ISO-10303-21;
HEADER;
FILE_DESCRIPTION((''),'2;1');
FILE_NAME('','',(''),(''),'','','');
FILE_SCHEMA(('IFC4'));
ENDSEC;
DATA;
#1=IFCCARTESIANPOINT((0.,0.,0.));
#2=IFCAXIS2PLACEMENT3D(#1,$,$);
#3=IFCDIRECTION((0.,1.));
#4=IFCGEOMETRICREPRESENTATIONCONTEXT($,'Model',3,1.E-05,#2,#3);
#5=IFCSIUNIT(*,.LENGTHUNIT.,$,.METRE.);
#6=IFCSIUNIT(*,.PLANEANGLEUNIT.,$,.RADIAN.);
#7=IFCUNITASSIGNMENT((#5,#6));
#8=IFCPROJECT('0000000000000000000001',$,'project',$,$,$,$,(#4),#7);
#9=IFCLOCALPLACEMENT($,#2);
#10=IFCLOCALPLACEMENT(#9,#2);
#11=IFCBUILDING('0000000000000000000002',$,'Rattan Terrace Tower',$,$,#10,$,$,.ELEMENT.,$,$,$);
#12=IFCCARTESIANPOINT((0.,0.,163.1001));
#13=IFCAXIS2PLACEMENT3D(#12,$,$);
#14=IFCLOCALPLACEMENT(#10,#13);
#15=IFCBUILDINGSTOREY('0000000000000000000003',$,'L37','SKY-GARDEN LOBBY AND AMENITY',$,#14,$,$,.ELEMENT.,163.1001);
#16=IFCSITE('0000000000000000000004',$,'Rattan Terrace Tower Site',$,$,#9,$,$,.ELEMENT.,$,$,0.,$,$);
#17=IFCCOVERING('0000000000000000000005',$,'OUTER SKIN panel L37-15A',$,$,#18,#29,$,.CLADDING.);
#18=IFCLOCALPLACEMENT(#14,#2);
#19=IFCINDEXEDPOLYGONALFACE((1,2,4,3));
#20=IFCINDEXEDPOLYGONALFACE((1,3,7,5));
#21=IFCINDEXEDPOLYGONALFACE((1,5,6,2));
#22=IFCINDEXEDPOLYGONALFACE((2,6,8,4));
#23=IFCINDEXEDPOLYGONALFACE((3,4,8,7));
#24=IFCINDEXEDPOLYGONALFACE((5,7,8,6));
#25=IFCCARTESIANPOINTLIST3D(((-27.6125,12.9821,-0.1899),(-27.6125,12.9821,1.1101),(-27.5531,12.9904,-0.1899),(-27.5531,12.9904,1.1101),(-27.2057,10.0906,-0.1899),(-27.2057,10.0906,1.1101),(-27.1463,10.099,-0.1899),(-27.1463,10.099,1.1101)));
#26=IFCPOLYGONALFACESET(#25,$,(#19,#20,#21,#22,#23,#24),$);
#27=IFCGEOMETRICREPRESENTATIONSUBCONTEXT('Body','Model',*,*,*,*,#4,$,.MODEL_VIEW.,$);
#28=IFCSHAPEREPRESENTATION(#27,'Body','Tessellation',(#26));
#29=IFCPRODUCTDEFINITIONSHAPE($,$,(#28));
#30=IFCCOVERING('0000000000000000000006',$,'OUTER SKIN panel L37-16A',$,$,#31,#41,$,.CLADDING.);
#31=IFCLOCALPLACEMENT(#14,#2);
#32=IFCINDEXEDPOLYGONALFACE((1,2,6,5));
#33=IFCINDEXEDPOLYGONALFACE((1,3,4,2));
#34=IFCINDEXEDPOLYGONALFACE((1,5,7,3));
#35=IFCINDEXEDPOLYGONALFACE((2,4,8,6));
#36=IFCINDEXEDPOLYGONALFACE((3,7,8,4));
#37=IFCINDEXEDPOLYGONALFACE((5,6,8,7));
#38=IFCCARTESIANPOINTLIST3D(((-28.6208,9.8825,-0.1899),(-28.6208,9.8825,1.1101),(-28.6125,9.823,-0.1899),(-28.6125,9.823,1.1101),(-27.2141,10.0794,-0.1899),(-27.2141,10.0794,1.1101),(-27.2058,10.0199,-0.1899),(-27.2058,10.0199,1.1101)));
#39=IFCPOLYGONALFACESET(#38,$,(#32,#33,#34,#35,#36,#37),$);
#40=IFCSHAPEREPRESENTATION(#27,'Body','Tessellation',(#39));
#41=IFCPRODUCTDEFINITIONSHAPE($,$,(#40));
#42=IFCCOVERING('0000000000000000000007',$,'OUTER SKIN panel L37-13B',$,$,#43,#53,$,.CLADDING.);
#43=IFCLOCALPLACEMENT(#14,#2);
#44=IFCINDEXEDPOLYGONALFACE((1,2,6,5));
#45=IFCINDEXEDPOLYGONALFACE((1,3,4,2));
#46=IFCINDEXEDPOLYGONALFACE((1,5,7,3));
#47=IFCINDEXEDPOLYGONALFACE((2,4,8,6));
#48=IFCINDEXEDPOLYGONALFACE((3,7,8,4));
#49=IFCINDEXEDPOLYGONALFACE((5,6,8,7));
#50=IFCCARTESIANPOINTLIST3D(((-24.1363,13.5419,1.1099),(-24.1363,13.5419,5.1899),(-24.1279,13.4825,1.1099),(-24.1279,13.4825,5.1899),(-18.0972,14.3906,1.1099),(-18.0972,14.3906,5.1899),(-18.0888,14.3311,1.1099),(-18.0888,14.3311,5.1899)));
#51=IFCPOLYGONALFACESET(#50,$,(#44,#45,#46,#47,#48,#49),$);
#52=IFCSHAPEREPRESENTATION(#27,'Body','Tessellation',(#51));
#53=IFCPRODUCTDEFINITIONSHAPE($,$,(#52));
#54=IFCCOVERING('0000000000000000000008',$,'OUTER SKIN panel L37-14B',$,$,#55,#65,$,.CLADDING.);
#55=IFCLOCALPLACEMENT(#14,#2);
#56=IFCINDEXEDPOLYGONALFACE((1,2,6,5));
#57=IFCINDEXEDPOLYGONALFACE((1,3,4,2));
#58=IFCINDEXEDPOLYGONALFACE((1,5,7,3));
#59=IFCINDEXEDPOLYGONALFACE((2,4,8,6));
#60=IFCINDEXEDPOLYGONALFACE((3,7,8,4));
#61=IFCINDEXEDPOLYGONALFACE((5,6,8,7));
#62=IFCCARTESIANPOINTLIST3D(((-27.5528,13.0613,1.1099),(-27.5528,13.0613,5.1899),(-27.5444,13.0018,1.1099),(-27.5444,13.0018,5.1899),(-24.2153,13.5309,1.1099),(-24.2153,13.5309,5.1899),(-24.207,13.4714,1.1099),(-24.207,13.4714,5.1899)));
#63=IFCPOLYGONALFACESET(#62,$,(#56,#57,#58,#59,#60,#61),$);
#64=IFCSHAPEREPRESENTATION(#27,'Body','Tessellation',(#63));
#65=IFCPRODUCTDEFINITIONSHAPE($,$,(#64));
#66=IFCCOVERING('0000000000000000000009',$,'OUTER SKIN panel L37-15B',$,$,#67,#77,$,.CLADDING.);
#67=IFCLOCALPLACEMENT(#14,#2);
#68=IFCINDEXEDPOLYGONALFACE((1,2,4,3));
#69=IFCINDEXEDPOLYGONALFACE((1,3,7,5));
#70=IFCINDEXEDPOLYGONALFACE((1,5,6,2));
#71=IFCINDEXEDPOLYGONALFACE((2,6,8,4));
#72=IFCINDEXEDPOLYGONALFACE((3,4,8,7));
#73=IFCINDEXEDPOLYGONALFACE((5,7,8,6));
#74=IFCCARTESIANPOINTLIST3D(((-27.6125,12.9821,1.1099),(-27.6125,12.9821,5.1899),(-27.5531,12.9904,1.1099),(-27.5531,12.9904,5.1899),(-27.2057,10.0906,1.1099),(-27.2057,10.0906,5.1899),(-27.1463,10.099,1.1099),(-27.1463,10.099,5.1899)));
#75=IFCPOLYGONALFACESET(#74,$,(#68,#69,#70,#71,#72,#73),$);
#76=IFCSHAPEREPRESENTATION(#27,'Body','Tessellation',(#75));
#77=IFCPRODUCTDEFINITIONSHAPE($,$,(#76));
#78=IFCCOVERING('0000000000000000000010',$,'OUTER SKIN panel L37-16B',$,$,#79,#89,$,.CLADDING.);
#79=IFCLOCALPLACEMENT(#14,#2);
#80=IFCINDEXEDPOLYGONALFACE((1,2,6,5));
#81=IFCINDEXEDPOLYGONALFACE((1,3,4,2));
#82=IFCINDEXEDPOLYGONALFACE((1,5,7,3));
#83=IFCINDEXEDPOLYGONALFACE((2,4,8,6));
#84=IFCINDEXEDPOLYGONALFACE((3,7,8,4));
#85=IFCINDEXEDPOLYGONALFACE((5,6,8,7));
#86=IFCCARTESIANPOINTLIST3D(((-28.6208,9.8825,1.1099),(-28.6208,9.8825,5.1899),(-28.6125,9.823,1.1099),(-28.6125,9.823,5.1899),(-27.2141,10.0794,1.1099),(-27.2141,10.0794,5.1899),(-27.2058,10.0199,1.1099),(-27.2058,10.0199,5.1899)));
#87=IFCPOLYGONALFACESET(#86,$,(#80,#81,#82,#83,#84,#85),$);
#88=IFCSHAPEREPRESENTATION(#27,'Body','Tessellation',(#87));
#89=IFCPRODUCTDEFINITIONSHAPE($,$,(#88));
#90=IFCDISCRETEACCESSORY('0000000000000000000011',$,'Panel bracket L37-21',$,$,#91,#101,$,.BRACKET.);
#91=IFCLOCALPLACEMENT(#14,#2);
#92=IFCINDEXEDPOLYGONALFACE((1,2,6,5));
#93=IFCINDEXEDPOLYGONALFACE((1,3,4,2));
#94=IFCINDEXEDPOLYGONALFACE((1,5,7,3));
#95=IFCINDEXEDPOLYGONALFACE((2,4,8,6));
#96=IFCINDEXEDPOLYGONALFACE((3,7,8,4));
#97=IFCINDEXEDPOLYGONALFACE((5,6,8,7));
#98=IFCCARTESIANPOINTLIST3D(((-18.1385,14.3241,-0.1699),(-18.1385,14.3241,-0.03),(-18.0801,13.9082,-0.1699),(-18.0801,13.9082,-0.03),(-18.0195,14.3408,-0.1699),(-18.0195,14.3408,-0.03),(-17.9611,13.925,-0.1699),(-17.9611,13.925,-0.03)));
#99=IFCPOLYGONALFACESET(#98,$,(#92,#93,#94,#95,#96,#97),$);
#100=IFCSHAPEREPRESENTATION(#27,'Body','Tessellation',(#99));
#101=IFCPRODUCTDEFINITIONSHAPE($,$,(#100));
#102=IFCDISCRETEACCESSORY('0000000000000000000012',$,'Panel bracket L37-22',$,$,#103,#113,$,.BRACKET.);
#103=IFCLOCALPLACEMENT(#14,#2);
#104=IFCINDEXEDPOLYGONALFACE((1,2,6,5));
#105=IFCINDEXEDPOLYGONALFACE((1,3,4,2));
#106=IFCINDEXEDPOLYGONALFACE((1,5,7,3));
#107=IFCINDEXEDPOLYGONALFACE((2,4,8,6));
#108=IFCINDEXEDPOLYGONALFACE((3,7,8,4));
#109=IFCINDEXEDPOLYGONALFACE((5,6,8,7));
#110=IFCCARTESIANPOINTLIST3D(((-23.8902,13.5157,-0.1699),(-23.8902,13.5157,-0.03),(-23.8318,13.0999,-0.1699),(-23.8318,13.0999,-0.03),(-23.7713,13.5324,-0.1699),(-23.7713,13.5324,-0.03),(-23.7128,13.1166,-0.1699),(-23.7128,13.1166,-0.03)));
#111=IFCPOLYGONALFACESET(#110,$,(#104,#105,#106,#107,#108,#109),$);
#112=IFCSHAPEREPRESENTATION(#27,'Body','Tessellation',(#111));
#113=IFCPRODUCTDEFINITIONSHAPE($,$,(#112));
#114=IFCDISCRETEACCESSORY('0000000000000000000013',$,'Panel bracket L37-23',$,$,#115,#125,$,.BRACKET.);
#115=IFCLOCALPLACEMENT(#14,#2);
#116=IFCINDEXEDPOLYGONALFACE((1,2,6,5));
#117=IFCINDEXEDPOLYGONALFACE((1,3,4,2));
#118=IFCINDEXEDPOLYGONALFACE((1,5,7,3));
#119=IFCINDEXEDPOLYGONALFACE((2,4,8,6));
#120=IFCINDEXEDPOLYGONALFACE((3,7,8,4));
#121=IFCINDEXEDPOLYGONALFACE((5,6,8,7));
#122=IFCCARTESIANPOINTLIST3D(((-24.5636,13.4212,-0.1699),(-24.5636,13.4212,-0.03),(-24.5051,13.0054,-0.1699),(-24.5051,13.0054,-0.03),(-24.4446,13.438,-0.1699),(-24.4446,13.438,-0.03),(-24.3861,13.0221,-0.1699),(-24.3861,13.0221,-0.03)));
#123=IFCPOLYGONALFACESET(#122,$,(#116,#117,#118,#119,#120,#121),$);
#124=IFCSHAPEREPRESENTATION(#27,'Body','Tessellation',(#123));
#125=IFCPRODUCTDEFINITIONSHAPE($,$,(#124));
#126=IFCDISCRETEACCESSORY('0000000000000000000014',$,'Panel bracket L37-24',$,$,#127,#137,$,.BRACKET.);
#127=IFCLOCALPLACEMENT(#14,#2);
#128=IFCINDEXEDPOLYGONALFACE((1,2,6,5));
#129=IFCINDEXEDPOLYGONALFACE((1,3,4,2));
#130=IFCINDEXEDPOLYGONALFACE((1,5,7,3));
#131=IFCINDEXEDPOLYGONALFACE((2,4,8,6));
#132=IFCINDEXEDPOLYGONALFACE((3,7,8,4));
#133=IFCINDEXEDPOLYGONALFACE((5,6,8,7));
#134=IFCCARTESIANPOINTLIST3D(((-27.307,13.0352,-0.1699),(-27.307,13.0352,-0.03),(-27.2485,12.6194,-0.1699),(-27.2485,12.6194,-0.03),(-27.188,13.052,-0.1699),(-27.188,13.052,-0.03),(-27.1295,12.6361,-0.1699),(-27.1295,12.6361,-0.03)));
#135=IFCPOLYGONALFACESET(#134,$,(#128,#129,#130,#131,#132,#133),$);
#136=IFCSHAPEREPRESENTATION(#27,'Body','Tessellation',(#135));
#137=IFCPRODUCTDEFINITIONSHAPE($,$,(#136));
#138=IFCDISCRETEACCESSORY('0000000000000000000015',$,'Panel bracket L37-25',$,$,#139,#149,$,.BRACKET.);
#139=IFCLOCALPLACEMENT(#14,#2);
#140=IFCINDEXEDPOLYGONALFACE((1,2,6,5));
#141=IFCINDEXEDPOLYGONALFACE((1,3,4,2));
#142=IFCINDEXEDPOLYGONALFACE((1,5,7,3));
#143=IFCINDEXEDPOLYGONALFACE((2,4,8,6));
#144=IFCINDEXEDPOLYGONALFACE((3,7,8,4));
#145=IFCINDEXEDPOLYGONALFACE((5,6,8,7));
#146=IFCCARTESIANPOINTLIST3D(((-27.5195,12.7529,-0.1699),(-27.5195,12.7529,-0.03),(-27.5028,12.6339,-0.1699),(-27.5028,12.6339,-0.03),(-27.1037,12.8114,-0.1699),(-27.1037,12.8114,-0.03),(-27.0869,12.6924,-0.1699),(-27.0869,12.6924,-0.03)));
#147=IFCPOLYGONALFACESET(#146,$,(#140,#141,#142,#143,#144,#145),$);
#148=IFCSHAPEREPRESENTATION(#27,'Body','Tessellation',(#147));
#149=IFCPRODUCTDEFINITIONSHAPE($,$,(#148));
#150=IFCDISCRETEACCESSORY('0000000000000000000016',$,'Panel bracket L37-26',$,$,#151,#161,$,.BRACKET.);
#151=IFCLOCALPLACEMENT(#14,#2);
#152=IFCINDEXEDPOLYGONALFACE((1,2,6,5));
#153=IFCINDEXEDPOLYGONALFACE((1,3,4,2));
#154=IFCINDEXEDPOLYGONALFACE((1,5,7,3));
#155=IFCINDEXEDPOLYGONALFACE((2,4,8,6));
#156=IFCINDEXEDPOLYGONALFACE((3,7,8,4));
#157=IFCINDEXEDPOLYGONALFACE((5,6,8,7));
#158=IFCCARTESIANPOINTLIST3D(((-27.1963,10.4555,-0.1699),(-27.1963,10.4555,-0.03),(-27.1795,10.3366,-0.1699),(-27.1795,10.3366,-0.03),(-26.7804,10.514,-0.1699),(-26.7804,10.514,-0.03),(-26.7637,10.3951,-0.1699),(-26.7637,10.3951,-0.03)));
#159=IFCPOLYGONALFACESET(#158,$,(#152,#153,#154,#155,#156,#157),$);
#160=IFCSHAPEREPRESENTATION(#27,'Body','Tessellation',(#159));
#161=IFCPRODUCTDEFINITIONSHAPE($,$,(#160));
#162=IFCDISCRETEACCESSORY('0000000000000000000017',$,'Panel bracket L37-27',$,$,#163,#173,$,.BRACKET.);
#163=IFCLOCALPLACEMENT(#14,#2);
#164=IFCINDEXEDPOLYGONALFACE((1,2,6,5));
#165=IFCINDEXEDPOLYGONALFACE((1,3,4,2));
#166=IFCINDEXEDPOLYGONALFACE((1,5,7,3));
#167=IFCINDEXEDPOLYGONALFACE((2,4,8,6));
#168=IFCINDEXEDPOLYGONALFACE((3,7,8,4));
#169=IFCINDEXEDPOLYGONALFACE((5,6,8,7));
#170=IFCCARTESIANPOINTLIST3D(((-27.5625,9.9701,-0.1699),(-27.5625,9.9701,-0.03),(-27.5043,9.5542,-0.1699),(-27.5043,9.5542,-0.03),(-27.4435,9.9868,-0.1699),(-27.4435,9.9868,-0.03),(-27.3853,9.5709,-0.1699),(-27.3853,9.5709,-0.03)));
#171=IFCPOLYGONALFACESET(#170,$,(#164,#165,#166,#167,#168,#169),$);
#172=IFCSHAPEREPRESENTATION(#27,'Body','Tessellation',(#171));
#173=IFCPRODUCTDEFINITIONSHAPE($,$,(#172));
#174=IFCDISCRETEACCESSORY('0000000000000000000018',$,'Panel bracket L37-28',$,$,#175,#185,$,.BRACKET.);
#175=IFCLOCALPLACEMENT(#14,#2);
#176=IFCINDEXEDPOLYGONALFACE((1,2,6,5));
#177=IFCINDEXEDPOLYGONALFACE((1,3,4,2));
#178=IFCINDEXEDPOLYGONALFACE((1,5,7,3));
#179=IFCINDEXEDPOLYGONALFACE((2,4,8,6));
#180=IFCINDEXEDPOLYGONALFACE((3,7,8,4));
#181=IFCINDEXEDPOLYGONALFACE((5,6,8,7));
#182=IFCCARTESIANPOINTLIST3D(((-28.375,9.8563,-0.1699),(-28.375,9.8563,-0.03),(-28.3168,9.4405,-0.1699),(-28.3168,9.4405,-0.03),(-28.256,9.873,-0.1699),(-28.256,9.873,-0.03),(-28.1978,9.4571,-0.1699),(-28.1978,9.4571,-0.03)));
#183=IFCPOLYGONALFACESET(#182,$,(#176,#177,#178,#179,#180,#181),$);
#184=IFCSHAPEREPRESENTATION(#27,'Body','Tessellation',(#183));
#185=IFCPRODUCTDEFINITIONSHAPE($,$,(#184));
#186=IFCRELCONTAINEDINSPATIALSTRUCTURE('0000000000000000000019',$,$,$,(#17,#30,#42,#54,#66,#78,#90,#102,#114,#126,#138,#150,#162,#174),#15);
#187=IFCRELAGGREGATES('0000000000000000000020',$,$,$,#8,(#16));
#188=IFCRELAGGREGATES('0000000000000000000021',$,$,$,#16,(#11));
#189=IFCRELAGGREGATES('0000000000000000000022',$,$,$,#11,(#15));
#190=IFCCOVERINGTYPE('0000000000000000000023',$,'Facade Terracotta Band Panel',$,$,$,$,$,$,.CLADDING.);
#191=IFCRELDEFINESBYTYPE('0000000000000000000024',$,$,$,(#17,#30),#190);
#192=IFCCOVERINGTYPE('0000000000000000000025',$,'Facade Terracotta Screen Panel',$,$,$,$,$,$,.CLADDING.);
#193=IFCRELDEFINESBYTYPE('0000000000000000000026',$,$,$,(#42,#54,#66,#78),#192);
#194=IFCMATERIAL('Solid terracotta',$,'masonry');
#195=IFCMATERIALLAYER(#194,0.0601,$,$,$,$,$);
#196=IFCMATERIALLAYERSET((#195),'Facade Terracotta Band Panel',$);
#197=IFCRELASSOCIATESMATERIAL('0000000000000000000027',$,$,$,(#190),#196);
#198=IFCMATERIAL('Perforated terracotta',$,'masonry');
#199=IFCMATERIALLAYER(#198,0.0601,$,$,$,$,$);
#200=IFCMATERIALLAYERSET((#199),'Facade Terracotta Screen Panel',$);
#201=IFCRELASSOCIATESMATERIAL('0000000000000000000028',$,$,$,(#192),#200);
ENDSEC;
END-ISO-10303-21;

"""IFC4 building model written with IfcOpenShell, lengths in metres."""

from ifc_helpers import new_model, si_unit, direction, frame, origin, origin_2d, place, context, subcontext, project, spatial, rectangle, extrude, material, layer, layer_set, type_object, element, save


model = new_model("IFC4")

# Units and contexts
model_context = context("Model", 3, precision=1e-05, world=origin(), true_north=direction((0.0, 1.0)))
body_context = subcontext(model_context, "Body", "Model", "MODEL_VIEW")
ifc_project = project(units=[si_unit("LENGTHUNIT", "METRE"), si_unit("PLANEANGLEUNIT", "RADIAN")], contexts=[model_context])

# Site, building, storey
site_placement = place(None, origin())
site = spatial("IfcSite", under=ifc_project, at=site_placement, Name="Rattan Terrace Tower Site", CompositionType="ELEMENT", RefElevation=0.0)
building_placement = place(site_placement, origin())
building = spatial("IfcBuilding", under=site, at=building_placement, Name="Rattan Terrace Tower", CompositionType="ELEMENT")
storey_placement = place(building_placement, frame((0.0, 0.0, 163.1001)))
storey = spatial("IfcBuildingStorey", under=building, at=storey_placement, Name="L37", Description="SKY-GARDEN LOBBY AND AMENITY", CompositionType="ELEMENT", Elevation=163.1001)

# Coverings
ifc_material_1 = material(Name="Solid terracotta", Category="masonry")
ifc_layer_1 = layer(ifc_material_1, 0.0601)
ifc_layer_set_1 = layer_set([ifc_layer_1], Name="Facade Terracotta Band Panel")
covering_type_1 = type_object("IfcCoveringType", Name="Facade Terracotta Band Panel", PredefinedType="CLADDING", material=ifc_layer_set_1)
covering_1_placement = place(storey_placement, frame((-27.3794, 11.5405, -0.1899), z_axis=(0.0, 0.0, 1.0), x_axis=(0.139321, -0.990247, 0.0)))
element("IfcCovering", 1, at=covering_1_placement, inside=storey, type_object=covering_type_1, Name="OUTER SKIN panel L37-15A", PredefinedType="CLADDING", context=body_context, shape_type="SweptSolid", body=[
    extrude(rectangle(XDim=2.9199, YDim=0.0601, at=origin_2d()), origin(), (0.0, 0.0, 1.0), 1.3),
])
covering_2_placement = place(storey_placement, frame((-27.9133, 9.9512, -0.1899), z_axis=(0.0, 0.0, 1.0), x_axis=(-0.990345, -0.138622, 0.0)))
element("IfcCovering", 2, at=covering_2_placement, inside=storey, type_object=covering_type_1, Name="OUTER SKIN panel L37-16A", PredefinedType="CLADDING", context=body_context, shape_type="SweptSolid", body=[
    extrude(rectangle(XDim=1.4204, YDim=0.0601, at=origin_2d()), origin(), (0.0, 0.0, 1.0), 1.3),
])
ifc_material_2 = material(Name="Perforated terracotta", Category="masonry")
ifc_layer_2 = layer(ifc_material_2, 0.0601)
ifc_layer_set_2 = layer_set([ifc_layer_2], Name="Facade Terracotta Screen Panel")
covering_type_2 = type_object("IfcCoveringType", Name="Facade Terracotta Screen Panel", PredefinedType="CLADDING", material=ifc_layer_set_2)
covering_3_placement = place(storey_placement, frame((-21.1125, 13.9365, 1.1099), z_axis=(0.0, 0.0, 1.0), x_axis=(-0.99027, -0.139161, 0.0)))
element("IfcCovering", 3, at=covering_3_placement, inside=storey, type_object=covering_type_2, Name="OUTER SKIN panel L37-13B", PredefinedType="CLADDING", context=body_context, shape_type="SweptSolid", body=[
    extrude(rectangle(XDim=6.0984, YDim=0.0601, at=origin_2d()), origin(), (0.0, 0.0, 1.0), 4.0801),
])
covering_4_placement = place(storey_placement, frame((-25.8799, 13.2664, 1.1099), z_axis=(0.0, 0.0, 1.0), x_axis=(-0.990247, -0.139321, 0.0)))
element("IfcCovering", 4, at=covering_4_placement, inside=storey, type_object=covering_type_2, Name="OUTER SKIN panel L37-14B", PredefinedType="CLADDING", context=body_context, shape_type="SweptSolid", body=[
    extrude(rectangle(XDim=3.3704, YDim=0.0601, at=origin_2d()), origin(), (0.0, 0.0, 1.0), 4.0801),
])
covering_5_placement = place(storey_placement, frame((-27.3794, 11.5405, 1.1099), z_axis=(0.0, 0.0, 1.0), x_axis=(0.139321, -0.990247, 0.0)))
element("IfcCovering", 5, at=covering_5_placement, inside=storey, type_object=covering_type_2, Name="OUTER SKIN panel L37-15B", PredefinedType="CLADDING", context=body_context, shape_type="SweptSolid", body=[
    extrude(rectangle(XDim=2.9199, YDim=0.0601, at=origin_2d()), origin(), (0.0, 0.0, 1.0), 4.0801),
])
covering_6_placement = place(storey_placement, frame((-27.9133, 9.9512, 1.1099), z_axis=(0.0, 0.0, 1.0), x_axis=(-0.990345, -0.138622, 0.0)))
element("IfcCovering", 6, at=covering_6_placement, inside=storey, type_object=covering_type_2, Name="OUTER SKIN panel L37-16B", PredefinedType="CLADDING", context=body_context, shape_type="SweptSolid", body=[
    extrude(rectangle(XDim=1.4204, YDim=0.0601, at=origin_2d()), origin(), (0.0, 0.0, 1.0), 4.0801),
])

# Discrete accessories
for number, where, z_axis, x_axis, name in (
    (7, (-18.0498, 14.1245, -0.1699), (0.0, 0.0, 1.0), (-0.99027, -0.139161, 0.0), "Panel bracket L37-21"),
    (8, (-23.8015, 13.3162, -0.1699), (0.0, 0.0, 1.0), (-0.99027, -0.139161, 0.0), "Panel bracket L37-22"),
    (9, (-24.4749, 13.2217, -0.1699), (0.0, 0.0, 1.0), (-0.990247, -0.139321, 0.0), "Panel bracket L37-23"),
    (10, (-27.2183, 12.8357, -0.1699), (0.0, 0.0, 1.0), (-0.990247, -0.139321, 0.0), "Panel bracket L37-24"),
    (11, (-27.3032, 12.7227, -0.1699), (0.0, 0.0, 1.0), (0.139321, -0.990247, 0.0), "Panel bracket L37-25"),
    (12, (-26.98, 10.4253, -0.1699), (0.0, 0.0, 1.0), (0.139321, -0.990247, 0.0), "Panel bracket L37-26"),
    (13, (-27.4739, 9.7705, -0.1699), (0.0, 0.0, 1.0), (-0.990345, -0.138622, 0.0), "Panel bracket L37-27"),
    (14, (-28.2864, 9.6567, -0.1699), (0.0, 0.0, 1.0), (-0.990345, -0.138622, 0.0), "Panel bracket L37-28"),
):
    element("IfcDiscreteAccessory", number, at=place(storey_placement, frame(where, z_axis=z_axis, x_axis=x_axis)), inside=storey, Name=name, PredefinedType="BRACKET", context=body_context, shape_type="SweptSolid", body=[
        extrude(rectangle(XDim=0.1201, YDim=0.4199, at=origin_2d()), origin(), (0.0, 0.0, 1.0), 0.1399),
    ])

save(model, "model.ifc")
